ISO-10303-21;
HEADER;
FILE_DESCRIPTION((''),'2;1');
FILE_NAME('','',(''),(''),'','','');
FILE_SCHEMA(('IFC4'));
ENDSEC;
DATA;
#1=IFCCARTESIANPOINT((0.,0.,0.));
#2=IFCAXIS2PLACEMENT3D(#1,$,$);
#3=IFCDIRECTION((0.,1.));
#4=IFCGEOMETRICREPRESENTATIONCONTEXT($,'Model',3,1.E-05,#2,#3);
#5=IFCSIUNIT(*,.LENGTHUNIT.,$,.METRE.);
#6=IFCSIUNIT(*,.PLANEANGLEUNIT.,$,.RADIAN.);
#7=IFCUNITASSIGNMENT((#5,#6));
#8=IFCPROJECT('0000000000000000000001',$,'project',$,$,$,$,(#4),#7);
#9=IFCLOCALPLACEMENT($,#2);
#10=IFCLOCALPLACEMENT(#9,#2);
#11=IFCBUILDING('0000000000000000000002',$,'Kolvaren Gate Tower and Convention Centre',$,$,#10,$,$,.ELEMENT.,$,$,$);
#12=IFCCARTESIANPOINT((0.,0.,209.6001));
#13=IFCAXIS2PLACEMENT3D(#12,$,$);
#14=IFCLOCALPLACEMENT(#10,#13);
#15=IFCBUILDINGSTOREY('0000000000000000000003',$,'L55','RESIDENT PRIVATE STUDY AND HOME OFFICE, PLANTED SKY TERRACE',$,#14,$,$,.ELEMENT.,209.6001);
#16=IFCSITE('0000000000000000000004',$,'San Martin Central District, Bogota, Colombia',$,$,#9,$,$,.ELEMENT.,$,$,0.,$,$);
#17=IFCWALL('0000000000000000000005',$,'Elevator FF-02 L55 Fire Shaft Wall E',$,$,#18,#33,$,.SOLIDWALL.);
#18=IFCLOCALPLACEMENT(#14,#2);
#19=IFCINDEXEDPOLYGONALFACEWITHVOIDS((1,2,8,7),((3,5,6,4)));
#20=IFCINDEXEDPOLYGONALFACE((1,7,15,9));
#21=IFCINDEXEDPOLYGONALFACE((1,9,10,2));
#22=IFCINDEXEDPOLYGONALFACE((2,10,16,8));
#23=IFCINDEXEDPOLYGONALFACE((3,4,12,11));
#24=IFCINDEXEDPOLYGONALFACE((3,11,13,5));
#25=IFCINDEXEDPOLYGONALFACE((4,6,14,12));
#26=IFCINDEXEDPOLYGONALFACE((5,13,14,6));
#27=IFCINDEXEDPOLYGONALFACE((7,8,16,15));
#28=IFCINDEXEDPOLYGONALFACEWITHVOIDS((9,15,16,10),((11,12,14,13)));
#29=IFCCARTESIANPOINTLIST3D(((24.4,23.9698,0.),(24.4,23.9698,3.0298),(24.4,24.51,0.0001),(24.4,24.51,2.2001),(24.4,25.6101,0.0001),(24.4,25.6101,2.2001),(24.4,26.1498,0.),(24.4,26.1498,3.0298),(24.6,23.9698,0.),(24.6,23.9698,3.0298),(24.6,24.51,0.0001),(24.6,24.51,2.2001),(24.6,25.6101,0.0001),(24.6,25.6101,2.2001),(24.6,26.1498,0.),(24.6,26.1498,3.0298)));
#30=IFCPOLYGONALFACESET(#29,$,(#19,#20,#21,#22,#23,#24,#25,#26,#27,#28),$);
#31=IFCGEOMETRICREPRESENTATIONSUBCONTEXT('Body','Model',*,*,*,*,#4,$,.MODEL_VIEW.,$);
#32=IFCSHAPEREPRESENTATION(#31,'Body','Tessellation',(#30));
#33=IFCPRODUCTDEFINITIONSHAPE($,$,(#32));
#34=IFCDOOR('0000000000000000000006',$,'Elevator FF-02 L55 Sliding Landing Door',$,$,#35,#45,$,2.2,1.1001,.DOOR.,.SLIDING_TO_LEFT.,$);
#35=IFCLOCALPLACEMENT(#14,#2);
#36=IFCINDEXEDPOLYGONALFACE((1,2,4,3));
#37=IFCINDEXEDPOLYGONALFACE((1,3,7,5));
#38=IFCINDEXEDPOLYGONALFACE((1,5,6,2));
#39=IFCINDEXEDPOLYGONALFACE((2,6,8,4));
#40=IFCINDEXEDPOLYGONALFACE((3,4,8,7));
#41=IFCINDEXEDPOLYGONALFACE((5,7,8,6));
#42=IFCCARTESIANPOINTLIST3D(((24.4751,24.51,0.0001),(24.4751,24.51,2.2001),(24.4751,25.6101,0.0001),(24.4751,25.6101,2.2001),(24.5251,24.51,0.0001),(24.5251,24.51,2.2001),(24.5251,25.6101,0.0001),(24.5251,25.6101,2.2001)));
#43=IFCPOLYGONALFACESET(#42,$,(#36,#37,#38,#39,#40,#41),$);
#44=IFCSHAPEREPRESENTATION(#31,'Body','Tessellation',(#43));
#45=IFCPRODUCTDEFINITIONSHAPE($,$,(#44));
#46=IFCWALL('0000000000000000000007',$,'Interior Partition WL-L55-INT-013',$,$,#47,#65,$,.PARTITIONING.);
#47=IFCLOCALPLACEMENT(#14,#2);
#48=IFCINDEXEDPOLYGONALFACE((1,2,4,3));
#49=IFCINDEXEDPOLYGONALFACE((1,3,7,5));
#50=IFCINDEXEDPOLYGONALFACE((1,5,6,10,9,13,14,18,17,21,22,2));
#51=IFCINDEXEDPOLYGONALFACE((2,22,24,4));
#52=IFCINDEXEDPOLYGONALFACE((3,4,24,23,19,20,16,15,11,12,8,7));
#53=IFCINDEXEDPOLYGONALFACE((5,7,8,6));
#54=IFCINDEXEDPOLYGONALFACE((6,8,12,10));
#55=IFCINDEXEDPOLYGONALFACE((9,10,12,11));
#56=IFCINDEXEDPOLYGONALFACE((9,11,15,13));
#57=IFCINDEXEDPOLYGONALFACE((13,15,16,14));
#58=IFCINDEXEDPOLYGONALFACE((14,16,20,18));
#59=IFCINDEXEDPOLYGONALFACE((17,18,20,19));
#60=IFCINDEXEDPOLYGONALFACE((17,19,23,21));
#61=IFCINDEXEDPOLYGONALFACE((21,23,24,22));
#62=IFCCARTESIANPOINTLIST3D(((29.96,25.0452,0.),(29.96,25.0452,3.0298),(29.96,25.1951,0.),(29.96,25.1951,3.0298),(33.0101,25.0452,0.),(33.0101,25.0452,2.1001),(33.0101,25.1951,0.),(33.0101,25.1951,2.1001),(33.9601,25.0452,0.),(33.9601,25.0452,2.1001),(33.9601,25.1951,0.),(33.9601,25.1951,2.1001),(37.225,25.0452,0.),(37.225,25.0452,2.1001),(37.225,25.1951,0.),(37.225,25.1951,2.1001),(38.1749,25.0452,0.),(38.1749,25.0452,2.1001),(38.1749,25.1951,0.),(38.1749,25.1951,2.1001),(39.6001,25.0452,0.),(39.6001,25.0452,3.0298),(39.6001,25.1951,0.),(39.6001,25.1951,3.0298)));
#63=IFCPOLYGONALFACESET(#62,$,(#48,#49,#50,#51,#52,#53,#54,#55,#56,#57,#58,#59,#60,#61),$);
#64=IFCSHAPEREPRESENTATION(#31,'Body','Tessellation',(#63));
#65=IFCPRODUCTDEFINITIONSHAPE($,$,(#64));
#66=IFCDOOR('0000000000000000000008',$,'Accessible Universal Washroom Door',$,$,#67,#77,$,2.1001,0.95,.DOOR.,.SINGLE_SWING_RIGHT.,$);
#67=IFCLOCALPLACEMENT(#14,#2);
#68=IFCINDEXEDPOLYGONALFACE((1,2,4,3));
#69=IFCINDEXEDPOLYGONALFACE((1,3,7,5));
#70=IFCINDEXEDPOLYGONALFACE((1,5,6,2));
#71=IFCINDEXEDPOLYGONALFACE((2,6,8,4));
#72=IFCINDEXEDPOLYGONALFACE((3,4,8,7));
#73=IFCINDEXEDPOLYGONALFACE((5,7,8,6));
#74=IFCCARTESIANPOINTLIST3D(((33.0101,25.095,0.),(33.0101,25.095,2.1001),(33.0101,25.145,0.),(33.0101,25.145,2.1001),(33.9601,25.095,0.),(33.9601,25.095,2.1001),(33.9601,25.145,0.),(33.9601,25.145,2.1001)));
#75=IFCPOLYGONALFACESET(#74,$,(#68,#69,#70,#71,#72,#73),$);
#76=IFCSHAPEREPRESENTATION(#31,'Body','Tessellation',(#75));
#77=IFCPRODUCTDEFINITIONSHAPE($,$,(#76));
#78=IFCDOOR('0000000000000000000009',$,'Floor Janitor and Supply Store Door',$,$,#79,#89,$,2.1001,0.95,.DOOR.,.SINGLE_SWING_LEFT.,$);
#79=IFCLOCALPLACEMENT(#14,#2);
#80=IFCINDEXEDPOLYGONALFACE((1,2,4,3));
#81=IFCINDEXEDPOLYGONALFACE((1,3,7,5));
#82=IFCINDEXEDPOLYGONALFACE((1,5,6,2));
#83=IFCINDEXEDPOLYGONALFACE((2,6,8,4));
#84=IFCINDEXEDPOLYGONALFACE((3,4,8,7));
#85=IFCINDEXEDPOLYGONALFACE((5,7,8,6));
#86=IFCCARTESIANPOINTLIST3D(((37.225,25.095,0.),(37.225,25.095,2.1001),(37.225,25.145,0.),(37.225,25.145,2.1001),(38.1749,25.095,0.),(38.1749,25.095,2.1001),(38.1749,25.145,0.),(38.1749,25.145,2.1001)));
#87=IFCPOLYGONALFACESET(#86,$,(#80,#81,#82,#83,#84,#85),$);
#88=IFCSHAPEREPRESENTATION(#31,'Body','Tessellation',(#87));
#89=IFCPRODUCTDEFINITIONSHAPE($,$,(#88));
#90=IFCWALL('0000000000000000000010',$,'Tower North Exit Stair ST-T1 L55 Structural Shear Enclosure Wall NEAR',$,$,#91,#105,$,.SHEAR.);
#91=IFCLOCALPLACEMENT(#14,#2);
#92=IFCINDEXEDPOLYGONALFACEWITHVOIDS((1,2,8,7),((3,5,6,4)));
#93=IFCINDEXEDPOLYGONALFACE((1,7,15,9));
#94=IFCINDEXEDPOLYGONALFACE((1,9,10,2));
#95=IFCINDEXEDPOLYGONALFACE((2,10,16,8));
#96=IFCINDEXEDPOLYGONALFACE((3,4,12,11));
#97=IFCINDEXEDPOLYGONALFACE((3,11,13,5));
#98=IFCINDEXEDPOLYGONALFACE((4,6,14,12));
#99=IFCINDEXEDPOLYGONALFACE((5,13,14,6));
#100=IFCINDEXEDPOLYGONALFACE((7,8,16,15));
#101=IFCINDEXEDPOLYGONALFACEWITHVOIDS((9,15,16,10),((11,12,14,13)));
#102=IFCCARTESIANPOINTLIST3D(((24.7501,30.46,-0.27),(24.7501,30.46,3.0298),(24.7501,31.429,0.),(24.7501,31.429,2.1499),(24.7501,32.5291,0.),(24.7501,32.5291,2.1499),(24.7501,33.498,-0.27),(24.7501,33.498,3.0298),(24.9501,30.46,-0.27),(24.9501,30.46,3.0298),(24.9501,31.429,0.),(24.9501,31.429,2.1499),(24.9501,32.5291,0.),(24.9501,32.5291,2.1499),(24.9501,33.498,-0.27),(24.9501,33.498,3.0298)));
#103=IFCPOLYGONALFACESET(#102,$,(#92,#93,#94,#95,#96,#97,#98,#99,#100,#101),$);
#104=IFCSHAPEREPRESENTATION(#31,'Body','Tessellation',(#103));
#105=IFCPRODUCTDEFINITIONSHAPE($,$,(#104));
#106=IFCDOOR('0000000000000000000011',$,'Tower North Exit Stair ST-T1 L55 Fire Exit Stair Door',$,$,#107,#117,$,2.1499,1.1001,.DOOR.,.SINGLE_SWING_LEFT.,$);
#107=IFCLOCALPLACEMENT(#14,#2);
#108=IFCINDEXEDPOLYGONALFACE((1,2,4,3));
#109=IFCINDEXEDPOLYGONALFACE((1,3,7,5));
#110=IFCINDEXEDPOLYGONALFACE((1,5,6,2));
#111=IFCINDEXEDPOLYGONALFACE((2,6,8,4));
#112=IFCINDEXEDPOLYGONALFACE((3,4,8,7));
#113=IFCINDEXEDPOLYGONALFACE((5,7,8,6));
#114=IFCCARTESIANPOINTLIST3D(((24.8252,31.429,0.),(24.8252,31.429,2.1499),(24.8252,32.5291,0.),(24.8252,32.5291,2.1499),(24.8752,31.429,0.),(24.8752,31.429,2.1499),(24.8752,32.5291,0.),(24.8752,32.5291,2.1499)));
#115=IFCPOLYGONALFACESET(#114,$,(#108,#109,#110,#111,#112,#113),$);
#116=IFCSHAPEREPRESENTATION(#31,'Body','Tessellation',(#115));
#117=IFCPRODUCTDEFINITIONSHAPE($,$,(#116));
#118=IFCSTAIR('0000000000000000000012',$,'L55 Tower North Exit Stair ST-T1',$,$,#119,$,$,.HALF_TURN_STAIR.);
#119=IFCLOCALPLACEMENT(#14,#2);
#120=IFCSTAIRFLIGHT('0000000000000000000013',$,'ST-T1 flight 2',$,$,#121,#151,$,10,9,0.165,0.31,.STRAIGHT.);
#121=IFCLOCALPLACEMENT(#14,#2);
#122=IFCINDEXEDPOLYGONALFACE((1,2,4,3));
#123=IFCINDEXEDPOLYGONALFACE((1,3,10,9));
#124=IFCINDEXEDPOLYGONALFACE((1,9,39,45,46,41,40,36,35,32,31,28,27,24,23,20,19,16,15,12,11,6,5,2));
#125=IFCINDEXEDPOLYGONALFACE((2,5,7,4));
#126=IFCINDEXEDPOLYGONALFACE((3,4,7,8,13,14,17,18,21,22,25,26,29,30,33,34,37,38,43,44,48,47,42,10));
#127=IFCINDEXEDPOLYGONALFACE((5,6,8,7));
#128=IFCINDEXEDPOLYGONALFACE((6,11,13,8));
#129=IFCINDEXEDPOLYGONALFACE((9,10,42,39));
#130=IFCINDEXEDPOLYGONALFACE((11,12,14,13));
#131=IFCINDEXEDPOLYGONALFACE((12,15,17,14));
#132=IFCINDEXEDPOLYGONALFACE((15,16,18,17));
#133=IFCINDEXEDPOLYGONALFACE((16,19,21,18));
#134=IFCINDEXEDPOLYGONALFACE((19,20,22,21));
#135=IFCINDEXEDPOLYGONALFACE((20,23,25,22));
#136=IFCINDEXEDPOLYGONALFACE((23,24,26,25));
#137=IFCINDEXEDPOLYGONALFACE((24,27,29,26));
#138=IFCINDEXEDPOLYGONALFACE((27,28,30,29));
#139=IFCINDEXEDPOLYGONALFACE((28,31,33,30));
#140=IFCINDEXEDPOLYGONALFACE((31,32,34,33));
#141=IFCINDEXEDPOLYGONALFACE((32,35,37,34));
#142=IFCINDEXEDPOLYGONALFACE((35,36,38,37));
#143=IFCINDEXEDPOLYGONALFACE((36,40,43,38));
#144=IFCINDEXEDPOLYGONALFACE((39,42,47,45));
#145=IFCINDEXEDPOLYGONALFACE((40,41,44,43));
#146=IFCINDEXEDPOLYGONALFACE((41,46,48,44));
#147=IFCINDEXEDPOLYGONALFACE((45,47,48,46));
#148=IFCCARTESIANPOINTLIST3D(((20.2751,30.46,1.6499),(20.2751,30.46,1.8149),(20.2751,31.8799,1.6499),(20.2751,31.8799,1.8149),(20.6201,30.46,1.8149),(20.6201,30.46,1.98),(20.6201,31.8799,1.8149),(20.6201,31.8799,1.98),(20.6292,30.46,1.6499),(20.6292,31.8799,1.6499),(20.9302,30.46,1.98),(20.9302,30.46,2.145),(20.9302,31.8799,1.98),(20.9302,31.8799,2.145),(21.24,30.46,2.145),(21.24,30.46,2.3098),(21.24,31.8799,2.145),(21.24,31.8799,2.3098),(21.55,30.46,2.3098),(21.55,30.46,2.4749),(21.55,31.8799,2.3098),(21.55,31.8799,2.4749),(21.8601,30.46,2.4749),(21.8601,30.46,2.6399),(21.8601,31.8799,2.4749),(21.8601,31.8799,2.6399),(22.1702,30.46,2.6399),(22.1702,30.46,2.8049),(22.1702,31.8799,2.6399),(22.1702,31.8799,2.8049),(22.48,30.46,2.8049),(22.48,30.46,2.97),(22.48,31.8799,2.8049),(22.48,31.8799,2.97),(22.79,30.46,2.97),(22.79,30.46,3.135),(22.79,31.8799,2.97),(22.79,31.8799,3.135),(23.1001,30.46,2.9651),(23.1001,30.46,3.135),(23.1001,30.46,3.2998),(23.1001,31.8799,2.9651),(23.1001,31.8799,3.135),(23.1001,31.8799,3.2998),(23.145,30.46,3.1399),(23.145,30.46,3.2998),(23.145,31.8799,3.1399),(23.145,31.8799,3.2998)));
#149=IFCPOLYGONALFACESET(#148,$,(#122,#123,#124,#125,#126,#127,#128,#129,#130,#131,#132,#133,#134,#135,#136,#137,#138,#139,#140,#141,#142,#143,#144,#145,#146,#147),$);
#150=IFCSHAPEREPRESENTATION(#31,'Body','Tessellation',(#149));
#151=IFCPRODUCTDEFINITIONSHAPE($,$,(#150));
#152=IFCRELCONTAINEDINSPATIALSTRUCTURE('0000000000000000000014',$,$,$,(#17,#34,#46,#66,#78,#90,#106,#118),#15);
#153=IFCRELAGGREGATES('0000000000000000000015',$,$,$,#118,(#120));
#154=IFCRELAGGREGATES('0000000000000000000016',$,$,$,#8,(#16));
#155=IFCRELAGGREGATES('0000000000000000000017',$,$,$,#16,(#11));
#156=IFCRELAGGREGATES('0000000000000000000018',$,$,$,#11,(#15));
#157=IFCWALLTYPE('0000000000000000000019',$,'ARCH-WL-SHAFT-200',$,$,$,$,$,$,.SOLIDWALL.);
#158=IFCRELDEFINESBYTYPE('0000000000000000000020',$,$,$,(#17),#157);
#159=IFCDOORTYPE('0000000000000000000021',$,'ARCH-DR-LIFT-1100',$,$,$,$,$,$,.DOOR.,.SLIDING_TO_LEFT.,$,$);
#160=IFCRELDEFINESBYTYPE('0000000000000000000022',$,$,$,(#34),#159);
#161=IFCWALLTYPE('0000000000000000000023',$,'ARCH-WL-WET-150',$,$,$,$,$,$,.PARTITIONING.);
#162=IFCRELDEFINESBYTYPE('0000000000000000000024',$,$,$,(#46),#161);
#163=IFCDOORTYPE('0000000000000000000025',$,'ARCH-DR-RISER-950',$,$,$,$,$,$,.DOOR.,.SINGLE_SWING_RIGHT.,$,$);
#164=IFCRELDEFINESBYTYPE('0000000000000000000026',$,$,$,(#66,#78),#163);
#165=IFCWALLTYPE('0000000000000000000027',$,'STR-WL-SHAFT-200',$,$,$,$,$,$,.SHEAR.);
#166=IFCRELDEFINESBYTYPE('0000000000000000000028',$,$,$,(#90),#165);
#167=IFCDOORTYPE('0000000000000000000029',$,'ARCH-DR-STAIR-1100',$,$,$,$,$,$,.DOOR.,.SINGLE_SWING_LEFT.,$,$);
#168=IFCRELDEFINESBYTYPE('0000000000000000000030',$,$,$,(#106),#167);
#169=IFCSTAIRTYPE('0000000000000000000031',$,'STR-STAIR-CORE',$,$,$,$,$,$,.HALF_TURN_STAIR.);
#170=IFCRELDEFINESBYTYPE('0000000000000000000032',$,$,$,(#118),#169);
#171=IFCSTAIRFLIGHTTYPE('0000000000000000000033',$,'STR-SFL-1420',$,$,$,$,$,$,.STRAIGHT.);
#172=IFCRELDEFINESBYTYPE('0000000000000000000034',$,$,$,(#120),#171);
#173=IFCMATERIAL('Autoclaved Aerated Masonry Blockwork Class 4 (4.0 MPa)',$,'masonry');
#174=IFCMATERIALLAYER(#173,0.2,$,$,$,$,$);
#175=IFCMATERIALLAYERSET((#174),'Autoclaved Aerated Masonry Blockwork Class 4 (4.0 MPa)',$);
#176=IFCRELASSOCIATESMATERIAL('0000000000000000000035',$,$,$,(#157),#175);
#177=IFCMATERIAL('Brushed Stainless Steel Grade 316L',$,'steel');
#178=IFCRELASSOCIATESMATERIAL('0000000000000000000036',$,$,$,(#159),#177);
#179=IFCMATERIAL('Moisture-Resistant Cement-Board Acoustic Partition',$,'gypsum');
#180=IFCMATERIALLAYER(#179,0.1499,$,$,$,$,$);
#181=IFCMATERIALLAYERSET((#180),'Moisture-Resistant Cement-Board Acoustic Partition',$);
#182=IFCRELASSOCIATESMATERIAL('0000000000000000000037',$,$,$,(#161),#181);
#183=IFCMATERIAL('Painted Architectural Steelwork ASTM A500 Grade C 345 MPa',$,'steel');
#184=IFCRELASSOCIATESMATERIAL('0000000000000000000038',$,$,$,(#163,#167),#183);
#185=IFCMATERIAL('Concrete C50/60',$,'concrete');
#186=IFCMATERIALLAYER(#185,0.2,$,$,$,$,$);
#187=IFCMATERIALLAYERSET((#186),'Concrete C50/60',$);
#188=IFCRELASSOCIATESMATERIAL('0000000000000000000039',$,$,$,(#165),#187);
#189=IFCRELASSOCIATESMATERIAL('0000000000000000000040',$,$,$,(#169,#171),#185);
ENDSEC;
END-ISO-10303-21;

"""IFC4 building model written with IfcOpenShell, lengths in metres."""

from ifc_helpers import new_model, si_unit, direction, frame, frame_2d, origin, place, context, subcontext, project, spatial, polyline, rectangle, outline, extrude, material, layer, layer_set, type_object, element, fill, aggregate, save


model = new_model("IFC4")

# Units and contexts
model_context = context("Model", 3, precision=1e-05, world=origin(), true_north=direction((0.0, 1.0)))
body_context = subcontext(model_context, "Body", "Model", "MODEL_VIEW")
ifc_project = project(units=[si_unit("LENGTHUNIT", "METRE"), si_unit("PLANEANGLEUNIT", "RADIAN")], contexts=[model_context])

# Site, building, storey
site_placement = place(None, origin())
site = spatial("IfcSite", under=ifc_project, at=site_placement, Name="San Martin Central District, Bogota, Colombia", CompositionType="ELEMENT", RefElevation=0.0)
building_placement = place(site_placement, origin())
building = spatial("IfcBuilding", under=site, at=building_placement, Name="Kolvaren Gate Tower and Convention Centre", CompositionType="ELEMENT")
storey_placement = place(building_placement, frame((0.0, 0.0, 209.6001)))
storey = spatial("IfcBuildingStorey", under=building, at=storey_placement, Name="L55", Description="RESIDENT PRIVATE STUDY AND HOME OFFICE, PLANTED SKY TERRACE", CompositionType="ELEMENT", Elevation=209.6001)

# Shared definitions
ifc_material_1 = material(Name="Autoclaved Aerated Masonry Blockwork Class 4 (4.0 MPa)", Category="masonry")
ifc_layer_1 = layer(ifc_material_1, 0.2)
ifc_layer_set_1 = layer_set([ifc_layer_1], Name="Autoclaved Aerated Masonry Blockwork Class 4 (4.0 MPa)")
wall_type_1 = type_object("IfcWallType", Name="ARCH-WL-SHAFT-200", PredefinedType="SOLIDWALL", material=ifc_layer_set_1)

# Shared definitions
ifc_material_2 = material(Name="Brushed Stainless Steel Grade 316L", Category="steel")
door_type_1 = type_object("IfcDoorType", Name="ARCH-DR-LIFT-1100", OperationType="SLIDING_TO_LEFT", PredefinedType="DOOR", material=ifc_material_2)

# Wall, opening, door
wall_1_placement = place(storey_placement, frame((24.5, 23.97, 0.0), z_axis=(0.0, 0.0, 1.0), x_axis=(0.0, 1.0, 0.0)))
wall_1 = element("IfcWall", 1, at=wall_1_placement, inside=storey, type_object=wall_type_1, Name="Elevator FF-02 L55 Fire Shaft Wall E", PredefinedType="SOLIDWALL", context=body_context, shape_type="SweptSolid", body=[
    extrude(rectangle(XDim=2.1799, YDim=0.2, at=frame_2d((1.0898, 0.0))), origin(), (0.0, 0.0, 1.0), 3.0298),
])
opening_1_placement = place(wall_1_placement, frame((0.54, 0.0, 0.0)))
opening_1 = element("IfcOpeningElement", 2, at=opening_1_placement, cuts=wall_1, PredefinedType="OPENING", context=body_context, shape_type="SweptSolid", body=[
    extrude(rectangle(XDim=1.1001, YDim=2.2, at=frame_2d((0.55, 1.1001))), frame((0.0, 0.1099, 0.0), z_axis=(0.0, -1.0, 0.0), x_axis=(1.0, 0.0, 0.0)), (0.0, 0.0, 1.0), 0.22),
])
door_1_placement = place(opening_1_placement, origin())
door_1 = element("IfcDoor", 3, at=door_1_placement, inside=storey, type_object=door_type_1, Name="Elevator FF-02 L55 Sliding Landing Door", OperationType="SLIDING_TO_LEFT", OverallHeight=2.2, OverallWidth=1.1001, PredefinedType="DOOR", context=body_context, shape_type="SweptSolid", body=[
    extrude(rectangle(XDim=1.1001, YDim=2.2, at=frame_2d((0.55, 1.1001))), frame((0.0, 0.0249, 0.0), z_axis=(0.0, -1.0, 0.0), x_axis=(1.0, 0.0, 0.0)), (0.0, 0.0, 1.0), 0.05),
])
fill(opening_1, door_1)

# Wall, openings, doors
ifc_material_3 = material(Name="Moisture-Resistant Cement-Board Acoustic Partition", Category="gypsum")
ifc_layer_2 = layer(ifc_material_3, 0.1499)
ifc_layer_set_2 = layer_set([ifc_layer_2], Name="Moisture-Resistant Cement-Board Acoustic Partition")
wall_type_2 = type_object("IfcWallType", Name="ARCH-WL-WET-150", PredefinedType="PARTITIONING", material=ifc_layer_set_2)
wall_2_placement = place(storey_placement, frame((29.96, 25.1201, 0.0), z_axis=(0.0, 0.0, 1.0), x_axis=(1.0, 0.0, 0.0)))
wall_2 = element("IfcWall", 4, at=wall_2_placement, inside=storey, type_object=wall_type_2, Name="Interior Partition WL-L55-INT-013", PredefinedType="PARTITIONING", context=body_context, shape_type="SweptSolid", body=[
    extrude(rectangle(XDim=9.6401, YDim=0.1499, at=frame_2d((4.8201, 0.0))), origin(), (0.0, 0.0, 1.0), 3.0298),
])
opening_2_placement = place(wall_2_placement, frame((3.05, 0.0, 0.0)))
opening_2 = element("IfcOpeningElement", 5, at=opening_2_placement, cuts=wall_2, PredefinedType="OPENING", context=body_context, shape_type="SweptSolid", body=[
    extrude(rectangle(XDim=0.95, YDim=2.1001, at=frame_2d((0.4751, 1.05))), frame((0.0, 0.085, 0.0), z_axis=(0.0, -1.0, 0.0), x_axis=(1.0, 0.0, 0.0)), (0.0, 0.0, 1.0), 0.1699),
])
opening_3_placement = place(wall_2_placement, frame((7.2649, 0.0, 0.0)))
opening_3 = element("IfcOpeningElement", 6, at=opening_3_placement, cuts=wall_2, PredefinedType="OPENING", context=body_context, shape_type="SweptSolid", body=[
    extrude(rectangle(XDim=0.95, YDim=2.1001, at=frame_2d((0.4751, 1.05))), frame((0.0, 0.085, 0.0), z_axis=(0.0, -1.0, 0.0), x_axis=(1.0, 0.0, 0.0)), (0.0, 0.0, 1.0), 0.1699),
])
ifc_material_4 = material(Name="Painted Architectural Steelwork ASTM A500 Grade C 345 MPa", Category="steel")
door_type_2 = type_object("IfcDoorType", Name="ARCH-DR-RISER-950", OperationType="SINGLE_SWING_RIGHT", PredefinedType="DOOR", material=ifc_material_4)
door_2_placement = place(opening_2_placement, origin())
door_2 = element("IfcDoor", 7, at=door_2_placement, inside=storey, type_object=door_type_2, Name="Accessible Universal Washroom Door", OperationType="SINGLE_SWING_RIGHT", OverallHeight=2.1001, OverallWidth=0.95, PredefinedType="DOOR", context=body_context, shape_type="SweptSolid", body=[
    extrude(rectangle(XDim=0.95, YDim=2.1001, at=frame_2d((0.4751, 1.05))), frame((0.0, 0.0249, 0.0), z_axis=(0.0, -1.0, 0.0), x_axis=(1.0, 0.0, 0.0)), (0.0, 0.0, 1.0), 0.05),
])
fill(opening_2, door_2)
door_3_placement = place(opening_3_placement, origin())
door_3 = element("IfcDoor", 8, at=door_3_placement, inside=storey, type_object=door_type_2, Name="Floor Janitor and Supply Store Door", OperationType="SINGLE_SWING_LEFT", OverallHeight=2.1001, OverallWidth=0.95, PredefinedType="DOOR", context=body_context, shape_type="SweptSolid", body=[
    extrude(rectangle(XDim=0.95, YDim=2.1001, at=frame_2d((0.4751, 1.05))), frame((0.0, 0.0249, 0.0), z_axis=(0.0, -1.0, 0.0), x_axis=(1.0, 0.0, 0.0)), (0.0, 0.0, 1.0), 0.05),
])
fill(opening_3, door_3)

# Wall, opening, door
ifc_material_5 = material(Name="Concrete C50/60", Category="concrete")
ifc_layer_3 = layer(ifc_material_5, 0.2)
ifc_layer_set_3 = layer_set([ifc_layer_3], Name="Concrete C50/60")
wall_type_3 = type_object("IfcWallType", Name="STR-WL-SHAFT-200", PredefinedType="SHEAR", material=ifc_layer_set_3)
wall_3_placement = place(storey_placement, frame((24.8501, 30.46, -0.27), z_axis=(0.0, 0.0, 1.0), x_axis=(0.0, 1.0, 0.0)))
wall_3 = element("IfcWall", 9, at=wall_3_placement, inside=storey, type_object=wall_type_3, Name="Tower North Exit Stair ST-T1 L55 Structural Shear Enclosure Wall NEAR", PredefinedType="SHEAR", context=body_context, shape_type="SweptSolid", body=[
    extrude(rectangle(XDim=3.0381, YDim=0.2, at=frame_2d((1.519, 0.0))), origin(), (0.0, 0.0, 1.0), 3.2998),
])
opening_4_placement = place(wall_3_placement, frame((0.969, 0.0, 0.27)))
opening_4 = element("IfcOpeningElement", 10, at=opening_4_placement, cuts=wall_3, PredefinedType="OPENING", context=body_context, shape_type="SweptSolid", body=[
    extrude(rectangle(XDim=1.1001, YDim=2.1499, at=frame_2d((0.55, 1.075))), frame((0.0, 0.1099, 0.0), z_axis=(0.0, -1.0, 0.0), x_axis=(1.0, 0.0, 0.0)), (0.0, 0.0, 1.0), 0.22),
])
door_type_3 = type_object("IfcDoorType", Name="ARCH-DR-STAIR-1100", OperationType="SINGLE_SWING_LEFT", PredefinedType="DOOR", material=ifc_material_4)
door_4_placement = place(opening_4_placement, origin())
door_4 = element("IfcDoor", 11, at=door_4_placement, inside=storey, type_object=door_type_3, Name="Tower North Exit Stair ST-T1 L55 Fire Exit Stair Door", OperationType="SINGLE_SWING_LEFT", OverallHeight=2.1499, OverallWidth=1.1001, PredefinedType="DOOR", context=body_context, shape_type="SweptSolid", body=[
    extrude(rectangle(XDim=1.1001, YDim=2.1499, at=frame_2d((0.55, 1.075))), frame((0.0, 0.0249, 0.0), z_axis=(0.0, -1.0, 0.0), x_axis=(1.0, 0.0, 0.0)), (0.0, 0.0, 1.0), 0.05),
])
fill(opening_4, door_4)

# Stair, stair flight
stair_type = type_object("IfcStairType", Name="STR-STAIR-CORE", PredefinedType="HALF_TURN_STAIR", material=ifc_material_5)
stair_placement = place(storey_placement, origin())
stair = element("IfcStair", 12, at=stair_placement, inside=storey, type_object=stair_type, Name="L55 Tower North Exit Stair ST-T1", PredefinedType="HALF_TURN_STAIR")
stair_flight_type = type_object("IfcStairFlightType", Name="STR-SFL-1420", PredefinedType="STRAIGHT", material=ifc_material_5)
stair_flight_placement = place(storey_placement, frame((20.3101, 31.1699, 1.6499), z_axis=(0.0, 0.0, 1.0), x_axis=(1.0, 0.0, 0.0)))
stair_flight = element("IfcStairFlight", 13, at=stair_flight_placement, type_object=stair_flight_type, Name="ST-T1 flight 2", NumberOfRisers=10, NumberOfTreads=9, PredefinedType="STRAIGHT", RiserHeight=0.165, TreadLength=0.31, context=body_context, shape_type="SweptSolid", body=[
    extrude(outline(polyline([(-0.0349, 0.0), (-0.0349, 0.165), (0.3101, 0.165), (0.3101, 0.3301), (0.6201, 0.3301), (0.6201, 0.4951), (0.9299, 0.4951), (0.9299, 0.6599), (1.24, 0.6599), (1.24, 0.825), (1.55, 0.825), (1.55, 0.99), (1.8601, 0.99), (1.8601, 1.155), (2.1699, 1.155), (2.1699, 1.3201), (2.48, 1.3201), (2.48, 1.4851), (2.79, 1.4851), (2.79, 1.6499), (2.835, 1.6499), (2.835, 1.49), (2.79, 1.3152), (0.3191, 0.0), (-0.0349, 0.0)])), frame((0.0, 0.71, 0.0), z_axis=(0.0, -1.0, 0.0), x_axis=(1.0, 0.0, 0.0)), (0.0, 0.0, 1.0), 1.4199),
])
aggregate(stair, [stair_flight])

save(model, "model.ifc")
